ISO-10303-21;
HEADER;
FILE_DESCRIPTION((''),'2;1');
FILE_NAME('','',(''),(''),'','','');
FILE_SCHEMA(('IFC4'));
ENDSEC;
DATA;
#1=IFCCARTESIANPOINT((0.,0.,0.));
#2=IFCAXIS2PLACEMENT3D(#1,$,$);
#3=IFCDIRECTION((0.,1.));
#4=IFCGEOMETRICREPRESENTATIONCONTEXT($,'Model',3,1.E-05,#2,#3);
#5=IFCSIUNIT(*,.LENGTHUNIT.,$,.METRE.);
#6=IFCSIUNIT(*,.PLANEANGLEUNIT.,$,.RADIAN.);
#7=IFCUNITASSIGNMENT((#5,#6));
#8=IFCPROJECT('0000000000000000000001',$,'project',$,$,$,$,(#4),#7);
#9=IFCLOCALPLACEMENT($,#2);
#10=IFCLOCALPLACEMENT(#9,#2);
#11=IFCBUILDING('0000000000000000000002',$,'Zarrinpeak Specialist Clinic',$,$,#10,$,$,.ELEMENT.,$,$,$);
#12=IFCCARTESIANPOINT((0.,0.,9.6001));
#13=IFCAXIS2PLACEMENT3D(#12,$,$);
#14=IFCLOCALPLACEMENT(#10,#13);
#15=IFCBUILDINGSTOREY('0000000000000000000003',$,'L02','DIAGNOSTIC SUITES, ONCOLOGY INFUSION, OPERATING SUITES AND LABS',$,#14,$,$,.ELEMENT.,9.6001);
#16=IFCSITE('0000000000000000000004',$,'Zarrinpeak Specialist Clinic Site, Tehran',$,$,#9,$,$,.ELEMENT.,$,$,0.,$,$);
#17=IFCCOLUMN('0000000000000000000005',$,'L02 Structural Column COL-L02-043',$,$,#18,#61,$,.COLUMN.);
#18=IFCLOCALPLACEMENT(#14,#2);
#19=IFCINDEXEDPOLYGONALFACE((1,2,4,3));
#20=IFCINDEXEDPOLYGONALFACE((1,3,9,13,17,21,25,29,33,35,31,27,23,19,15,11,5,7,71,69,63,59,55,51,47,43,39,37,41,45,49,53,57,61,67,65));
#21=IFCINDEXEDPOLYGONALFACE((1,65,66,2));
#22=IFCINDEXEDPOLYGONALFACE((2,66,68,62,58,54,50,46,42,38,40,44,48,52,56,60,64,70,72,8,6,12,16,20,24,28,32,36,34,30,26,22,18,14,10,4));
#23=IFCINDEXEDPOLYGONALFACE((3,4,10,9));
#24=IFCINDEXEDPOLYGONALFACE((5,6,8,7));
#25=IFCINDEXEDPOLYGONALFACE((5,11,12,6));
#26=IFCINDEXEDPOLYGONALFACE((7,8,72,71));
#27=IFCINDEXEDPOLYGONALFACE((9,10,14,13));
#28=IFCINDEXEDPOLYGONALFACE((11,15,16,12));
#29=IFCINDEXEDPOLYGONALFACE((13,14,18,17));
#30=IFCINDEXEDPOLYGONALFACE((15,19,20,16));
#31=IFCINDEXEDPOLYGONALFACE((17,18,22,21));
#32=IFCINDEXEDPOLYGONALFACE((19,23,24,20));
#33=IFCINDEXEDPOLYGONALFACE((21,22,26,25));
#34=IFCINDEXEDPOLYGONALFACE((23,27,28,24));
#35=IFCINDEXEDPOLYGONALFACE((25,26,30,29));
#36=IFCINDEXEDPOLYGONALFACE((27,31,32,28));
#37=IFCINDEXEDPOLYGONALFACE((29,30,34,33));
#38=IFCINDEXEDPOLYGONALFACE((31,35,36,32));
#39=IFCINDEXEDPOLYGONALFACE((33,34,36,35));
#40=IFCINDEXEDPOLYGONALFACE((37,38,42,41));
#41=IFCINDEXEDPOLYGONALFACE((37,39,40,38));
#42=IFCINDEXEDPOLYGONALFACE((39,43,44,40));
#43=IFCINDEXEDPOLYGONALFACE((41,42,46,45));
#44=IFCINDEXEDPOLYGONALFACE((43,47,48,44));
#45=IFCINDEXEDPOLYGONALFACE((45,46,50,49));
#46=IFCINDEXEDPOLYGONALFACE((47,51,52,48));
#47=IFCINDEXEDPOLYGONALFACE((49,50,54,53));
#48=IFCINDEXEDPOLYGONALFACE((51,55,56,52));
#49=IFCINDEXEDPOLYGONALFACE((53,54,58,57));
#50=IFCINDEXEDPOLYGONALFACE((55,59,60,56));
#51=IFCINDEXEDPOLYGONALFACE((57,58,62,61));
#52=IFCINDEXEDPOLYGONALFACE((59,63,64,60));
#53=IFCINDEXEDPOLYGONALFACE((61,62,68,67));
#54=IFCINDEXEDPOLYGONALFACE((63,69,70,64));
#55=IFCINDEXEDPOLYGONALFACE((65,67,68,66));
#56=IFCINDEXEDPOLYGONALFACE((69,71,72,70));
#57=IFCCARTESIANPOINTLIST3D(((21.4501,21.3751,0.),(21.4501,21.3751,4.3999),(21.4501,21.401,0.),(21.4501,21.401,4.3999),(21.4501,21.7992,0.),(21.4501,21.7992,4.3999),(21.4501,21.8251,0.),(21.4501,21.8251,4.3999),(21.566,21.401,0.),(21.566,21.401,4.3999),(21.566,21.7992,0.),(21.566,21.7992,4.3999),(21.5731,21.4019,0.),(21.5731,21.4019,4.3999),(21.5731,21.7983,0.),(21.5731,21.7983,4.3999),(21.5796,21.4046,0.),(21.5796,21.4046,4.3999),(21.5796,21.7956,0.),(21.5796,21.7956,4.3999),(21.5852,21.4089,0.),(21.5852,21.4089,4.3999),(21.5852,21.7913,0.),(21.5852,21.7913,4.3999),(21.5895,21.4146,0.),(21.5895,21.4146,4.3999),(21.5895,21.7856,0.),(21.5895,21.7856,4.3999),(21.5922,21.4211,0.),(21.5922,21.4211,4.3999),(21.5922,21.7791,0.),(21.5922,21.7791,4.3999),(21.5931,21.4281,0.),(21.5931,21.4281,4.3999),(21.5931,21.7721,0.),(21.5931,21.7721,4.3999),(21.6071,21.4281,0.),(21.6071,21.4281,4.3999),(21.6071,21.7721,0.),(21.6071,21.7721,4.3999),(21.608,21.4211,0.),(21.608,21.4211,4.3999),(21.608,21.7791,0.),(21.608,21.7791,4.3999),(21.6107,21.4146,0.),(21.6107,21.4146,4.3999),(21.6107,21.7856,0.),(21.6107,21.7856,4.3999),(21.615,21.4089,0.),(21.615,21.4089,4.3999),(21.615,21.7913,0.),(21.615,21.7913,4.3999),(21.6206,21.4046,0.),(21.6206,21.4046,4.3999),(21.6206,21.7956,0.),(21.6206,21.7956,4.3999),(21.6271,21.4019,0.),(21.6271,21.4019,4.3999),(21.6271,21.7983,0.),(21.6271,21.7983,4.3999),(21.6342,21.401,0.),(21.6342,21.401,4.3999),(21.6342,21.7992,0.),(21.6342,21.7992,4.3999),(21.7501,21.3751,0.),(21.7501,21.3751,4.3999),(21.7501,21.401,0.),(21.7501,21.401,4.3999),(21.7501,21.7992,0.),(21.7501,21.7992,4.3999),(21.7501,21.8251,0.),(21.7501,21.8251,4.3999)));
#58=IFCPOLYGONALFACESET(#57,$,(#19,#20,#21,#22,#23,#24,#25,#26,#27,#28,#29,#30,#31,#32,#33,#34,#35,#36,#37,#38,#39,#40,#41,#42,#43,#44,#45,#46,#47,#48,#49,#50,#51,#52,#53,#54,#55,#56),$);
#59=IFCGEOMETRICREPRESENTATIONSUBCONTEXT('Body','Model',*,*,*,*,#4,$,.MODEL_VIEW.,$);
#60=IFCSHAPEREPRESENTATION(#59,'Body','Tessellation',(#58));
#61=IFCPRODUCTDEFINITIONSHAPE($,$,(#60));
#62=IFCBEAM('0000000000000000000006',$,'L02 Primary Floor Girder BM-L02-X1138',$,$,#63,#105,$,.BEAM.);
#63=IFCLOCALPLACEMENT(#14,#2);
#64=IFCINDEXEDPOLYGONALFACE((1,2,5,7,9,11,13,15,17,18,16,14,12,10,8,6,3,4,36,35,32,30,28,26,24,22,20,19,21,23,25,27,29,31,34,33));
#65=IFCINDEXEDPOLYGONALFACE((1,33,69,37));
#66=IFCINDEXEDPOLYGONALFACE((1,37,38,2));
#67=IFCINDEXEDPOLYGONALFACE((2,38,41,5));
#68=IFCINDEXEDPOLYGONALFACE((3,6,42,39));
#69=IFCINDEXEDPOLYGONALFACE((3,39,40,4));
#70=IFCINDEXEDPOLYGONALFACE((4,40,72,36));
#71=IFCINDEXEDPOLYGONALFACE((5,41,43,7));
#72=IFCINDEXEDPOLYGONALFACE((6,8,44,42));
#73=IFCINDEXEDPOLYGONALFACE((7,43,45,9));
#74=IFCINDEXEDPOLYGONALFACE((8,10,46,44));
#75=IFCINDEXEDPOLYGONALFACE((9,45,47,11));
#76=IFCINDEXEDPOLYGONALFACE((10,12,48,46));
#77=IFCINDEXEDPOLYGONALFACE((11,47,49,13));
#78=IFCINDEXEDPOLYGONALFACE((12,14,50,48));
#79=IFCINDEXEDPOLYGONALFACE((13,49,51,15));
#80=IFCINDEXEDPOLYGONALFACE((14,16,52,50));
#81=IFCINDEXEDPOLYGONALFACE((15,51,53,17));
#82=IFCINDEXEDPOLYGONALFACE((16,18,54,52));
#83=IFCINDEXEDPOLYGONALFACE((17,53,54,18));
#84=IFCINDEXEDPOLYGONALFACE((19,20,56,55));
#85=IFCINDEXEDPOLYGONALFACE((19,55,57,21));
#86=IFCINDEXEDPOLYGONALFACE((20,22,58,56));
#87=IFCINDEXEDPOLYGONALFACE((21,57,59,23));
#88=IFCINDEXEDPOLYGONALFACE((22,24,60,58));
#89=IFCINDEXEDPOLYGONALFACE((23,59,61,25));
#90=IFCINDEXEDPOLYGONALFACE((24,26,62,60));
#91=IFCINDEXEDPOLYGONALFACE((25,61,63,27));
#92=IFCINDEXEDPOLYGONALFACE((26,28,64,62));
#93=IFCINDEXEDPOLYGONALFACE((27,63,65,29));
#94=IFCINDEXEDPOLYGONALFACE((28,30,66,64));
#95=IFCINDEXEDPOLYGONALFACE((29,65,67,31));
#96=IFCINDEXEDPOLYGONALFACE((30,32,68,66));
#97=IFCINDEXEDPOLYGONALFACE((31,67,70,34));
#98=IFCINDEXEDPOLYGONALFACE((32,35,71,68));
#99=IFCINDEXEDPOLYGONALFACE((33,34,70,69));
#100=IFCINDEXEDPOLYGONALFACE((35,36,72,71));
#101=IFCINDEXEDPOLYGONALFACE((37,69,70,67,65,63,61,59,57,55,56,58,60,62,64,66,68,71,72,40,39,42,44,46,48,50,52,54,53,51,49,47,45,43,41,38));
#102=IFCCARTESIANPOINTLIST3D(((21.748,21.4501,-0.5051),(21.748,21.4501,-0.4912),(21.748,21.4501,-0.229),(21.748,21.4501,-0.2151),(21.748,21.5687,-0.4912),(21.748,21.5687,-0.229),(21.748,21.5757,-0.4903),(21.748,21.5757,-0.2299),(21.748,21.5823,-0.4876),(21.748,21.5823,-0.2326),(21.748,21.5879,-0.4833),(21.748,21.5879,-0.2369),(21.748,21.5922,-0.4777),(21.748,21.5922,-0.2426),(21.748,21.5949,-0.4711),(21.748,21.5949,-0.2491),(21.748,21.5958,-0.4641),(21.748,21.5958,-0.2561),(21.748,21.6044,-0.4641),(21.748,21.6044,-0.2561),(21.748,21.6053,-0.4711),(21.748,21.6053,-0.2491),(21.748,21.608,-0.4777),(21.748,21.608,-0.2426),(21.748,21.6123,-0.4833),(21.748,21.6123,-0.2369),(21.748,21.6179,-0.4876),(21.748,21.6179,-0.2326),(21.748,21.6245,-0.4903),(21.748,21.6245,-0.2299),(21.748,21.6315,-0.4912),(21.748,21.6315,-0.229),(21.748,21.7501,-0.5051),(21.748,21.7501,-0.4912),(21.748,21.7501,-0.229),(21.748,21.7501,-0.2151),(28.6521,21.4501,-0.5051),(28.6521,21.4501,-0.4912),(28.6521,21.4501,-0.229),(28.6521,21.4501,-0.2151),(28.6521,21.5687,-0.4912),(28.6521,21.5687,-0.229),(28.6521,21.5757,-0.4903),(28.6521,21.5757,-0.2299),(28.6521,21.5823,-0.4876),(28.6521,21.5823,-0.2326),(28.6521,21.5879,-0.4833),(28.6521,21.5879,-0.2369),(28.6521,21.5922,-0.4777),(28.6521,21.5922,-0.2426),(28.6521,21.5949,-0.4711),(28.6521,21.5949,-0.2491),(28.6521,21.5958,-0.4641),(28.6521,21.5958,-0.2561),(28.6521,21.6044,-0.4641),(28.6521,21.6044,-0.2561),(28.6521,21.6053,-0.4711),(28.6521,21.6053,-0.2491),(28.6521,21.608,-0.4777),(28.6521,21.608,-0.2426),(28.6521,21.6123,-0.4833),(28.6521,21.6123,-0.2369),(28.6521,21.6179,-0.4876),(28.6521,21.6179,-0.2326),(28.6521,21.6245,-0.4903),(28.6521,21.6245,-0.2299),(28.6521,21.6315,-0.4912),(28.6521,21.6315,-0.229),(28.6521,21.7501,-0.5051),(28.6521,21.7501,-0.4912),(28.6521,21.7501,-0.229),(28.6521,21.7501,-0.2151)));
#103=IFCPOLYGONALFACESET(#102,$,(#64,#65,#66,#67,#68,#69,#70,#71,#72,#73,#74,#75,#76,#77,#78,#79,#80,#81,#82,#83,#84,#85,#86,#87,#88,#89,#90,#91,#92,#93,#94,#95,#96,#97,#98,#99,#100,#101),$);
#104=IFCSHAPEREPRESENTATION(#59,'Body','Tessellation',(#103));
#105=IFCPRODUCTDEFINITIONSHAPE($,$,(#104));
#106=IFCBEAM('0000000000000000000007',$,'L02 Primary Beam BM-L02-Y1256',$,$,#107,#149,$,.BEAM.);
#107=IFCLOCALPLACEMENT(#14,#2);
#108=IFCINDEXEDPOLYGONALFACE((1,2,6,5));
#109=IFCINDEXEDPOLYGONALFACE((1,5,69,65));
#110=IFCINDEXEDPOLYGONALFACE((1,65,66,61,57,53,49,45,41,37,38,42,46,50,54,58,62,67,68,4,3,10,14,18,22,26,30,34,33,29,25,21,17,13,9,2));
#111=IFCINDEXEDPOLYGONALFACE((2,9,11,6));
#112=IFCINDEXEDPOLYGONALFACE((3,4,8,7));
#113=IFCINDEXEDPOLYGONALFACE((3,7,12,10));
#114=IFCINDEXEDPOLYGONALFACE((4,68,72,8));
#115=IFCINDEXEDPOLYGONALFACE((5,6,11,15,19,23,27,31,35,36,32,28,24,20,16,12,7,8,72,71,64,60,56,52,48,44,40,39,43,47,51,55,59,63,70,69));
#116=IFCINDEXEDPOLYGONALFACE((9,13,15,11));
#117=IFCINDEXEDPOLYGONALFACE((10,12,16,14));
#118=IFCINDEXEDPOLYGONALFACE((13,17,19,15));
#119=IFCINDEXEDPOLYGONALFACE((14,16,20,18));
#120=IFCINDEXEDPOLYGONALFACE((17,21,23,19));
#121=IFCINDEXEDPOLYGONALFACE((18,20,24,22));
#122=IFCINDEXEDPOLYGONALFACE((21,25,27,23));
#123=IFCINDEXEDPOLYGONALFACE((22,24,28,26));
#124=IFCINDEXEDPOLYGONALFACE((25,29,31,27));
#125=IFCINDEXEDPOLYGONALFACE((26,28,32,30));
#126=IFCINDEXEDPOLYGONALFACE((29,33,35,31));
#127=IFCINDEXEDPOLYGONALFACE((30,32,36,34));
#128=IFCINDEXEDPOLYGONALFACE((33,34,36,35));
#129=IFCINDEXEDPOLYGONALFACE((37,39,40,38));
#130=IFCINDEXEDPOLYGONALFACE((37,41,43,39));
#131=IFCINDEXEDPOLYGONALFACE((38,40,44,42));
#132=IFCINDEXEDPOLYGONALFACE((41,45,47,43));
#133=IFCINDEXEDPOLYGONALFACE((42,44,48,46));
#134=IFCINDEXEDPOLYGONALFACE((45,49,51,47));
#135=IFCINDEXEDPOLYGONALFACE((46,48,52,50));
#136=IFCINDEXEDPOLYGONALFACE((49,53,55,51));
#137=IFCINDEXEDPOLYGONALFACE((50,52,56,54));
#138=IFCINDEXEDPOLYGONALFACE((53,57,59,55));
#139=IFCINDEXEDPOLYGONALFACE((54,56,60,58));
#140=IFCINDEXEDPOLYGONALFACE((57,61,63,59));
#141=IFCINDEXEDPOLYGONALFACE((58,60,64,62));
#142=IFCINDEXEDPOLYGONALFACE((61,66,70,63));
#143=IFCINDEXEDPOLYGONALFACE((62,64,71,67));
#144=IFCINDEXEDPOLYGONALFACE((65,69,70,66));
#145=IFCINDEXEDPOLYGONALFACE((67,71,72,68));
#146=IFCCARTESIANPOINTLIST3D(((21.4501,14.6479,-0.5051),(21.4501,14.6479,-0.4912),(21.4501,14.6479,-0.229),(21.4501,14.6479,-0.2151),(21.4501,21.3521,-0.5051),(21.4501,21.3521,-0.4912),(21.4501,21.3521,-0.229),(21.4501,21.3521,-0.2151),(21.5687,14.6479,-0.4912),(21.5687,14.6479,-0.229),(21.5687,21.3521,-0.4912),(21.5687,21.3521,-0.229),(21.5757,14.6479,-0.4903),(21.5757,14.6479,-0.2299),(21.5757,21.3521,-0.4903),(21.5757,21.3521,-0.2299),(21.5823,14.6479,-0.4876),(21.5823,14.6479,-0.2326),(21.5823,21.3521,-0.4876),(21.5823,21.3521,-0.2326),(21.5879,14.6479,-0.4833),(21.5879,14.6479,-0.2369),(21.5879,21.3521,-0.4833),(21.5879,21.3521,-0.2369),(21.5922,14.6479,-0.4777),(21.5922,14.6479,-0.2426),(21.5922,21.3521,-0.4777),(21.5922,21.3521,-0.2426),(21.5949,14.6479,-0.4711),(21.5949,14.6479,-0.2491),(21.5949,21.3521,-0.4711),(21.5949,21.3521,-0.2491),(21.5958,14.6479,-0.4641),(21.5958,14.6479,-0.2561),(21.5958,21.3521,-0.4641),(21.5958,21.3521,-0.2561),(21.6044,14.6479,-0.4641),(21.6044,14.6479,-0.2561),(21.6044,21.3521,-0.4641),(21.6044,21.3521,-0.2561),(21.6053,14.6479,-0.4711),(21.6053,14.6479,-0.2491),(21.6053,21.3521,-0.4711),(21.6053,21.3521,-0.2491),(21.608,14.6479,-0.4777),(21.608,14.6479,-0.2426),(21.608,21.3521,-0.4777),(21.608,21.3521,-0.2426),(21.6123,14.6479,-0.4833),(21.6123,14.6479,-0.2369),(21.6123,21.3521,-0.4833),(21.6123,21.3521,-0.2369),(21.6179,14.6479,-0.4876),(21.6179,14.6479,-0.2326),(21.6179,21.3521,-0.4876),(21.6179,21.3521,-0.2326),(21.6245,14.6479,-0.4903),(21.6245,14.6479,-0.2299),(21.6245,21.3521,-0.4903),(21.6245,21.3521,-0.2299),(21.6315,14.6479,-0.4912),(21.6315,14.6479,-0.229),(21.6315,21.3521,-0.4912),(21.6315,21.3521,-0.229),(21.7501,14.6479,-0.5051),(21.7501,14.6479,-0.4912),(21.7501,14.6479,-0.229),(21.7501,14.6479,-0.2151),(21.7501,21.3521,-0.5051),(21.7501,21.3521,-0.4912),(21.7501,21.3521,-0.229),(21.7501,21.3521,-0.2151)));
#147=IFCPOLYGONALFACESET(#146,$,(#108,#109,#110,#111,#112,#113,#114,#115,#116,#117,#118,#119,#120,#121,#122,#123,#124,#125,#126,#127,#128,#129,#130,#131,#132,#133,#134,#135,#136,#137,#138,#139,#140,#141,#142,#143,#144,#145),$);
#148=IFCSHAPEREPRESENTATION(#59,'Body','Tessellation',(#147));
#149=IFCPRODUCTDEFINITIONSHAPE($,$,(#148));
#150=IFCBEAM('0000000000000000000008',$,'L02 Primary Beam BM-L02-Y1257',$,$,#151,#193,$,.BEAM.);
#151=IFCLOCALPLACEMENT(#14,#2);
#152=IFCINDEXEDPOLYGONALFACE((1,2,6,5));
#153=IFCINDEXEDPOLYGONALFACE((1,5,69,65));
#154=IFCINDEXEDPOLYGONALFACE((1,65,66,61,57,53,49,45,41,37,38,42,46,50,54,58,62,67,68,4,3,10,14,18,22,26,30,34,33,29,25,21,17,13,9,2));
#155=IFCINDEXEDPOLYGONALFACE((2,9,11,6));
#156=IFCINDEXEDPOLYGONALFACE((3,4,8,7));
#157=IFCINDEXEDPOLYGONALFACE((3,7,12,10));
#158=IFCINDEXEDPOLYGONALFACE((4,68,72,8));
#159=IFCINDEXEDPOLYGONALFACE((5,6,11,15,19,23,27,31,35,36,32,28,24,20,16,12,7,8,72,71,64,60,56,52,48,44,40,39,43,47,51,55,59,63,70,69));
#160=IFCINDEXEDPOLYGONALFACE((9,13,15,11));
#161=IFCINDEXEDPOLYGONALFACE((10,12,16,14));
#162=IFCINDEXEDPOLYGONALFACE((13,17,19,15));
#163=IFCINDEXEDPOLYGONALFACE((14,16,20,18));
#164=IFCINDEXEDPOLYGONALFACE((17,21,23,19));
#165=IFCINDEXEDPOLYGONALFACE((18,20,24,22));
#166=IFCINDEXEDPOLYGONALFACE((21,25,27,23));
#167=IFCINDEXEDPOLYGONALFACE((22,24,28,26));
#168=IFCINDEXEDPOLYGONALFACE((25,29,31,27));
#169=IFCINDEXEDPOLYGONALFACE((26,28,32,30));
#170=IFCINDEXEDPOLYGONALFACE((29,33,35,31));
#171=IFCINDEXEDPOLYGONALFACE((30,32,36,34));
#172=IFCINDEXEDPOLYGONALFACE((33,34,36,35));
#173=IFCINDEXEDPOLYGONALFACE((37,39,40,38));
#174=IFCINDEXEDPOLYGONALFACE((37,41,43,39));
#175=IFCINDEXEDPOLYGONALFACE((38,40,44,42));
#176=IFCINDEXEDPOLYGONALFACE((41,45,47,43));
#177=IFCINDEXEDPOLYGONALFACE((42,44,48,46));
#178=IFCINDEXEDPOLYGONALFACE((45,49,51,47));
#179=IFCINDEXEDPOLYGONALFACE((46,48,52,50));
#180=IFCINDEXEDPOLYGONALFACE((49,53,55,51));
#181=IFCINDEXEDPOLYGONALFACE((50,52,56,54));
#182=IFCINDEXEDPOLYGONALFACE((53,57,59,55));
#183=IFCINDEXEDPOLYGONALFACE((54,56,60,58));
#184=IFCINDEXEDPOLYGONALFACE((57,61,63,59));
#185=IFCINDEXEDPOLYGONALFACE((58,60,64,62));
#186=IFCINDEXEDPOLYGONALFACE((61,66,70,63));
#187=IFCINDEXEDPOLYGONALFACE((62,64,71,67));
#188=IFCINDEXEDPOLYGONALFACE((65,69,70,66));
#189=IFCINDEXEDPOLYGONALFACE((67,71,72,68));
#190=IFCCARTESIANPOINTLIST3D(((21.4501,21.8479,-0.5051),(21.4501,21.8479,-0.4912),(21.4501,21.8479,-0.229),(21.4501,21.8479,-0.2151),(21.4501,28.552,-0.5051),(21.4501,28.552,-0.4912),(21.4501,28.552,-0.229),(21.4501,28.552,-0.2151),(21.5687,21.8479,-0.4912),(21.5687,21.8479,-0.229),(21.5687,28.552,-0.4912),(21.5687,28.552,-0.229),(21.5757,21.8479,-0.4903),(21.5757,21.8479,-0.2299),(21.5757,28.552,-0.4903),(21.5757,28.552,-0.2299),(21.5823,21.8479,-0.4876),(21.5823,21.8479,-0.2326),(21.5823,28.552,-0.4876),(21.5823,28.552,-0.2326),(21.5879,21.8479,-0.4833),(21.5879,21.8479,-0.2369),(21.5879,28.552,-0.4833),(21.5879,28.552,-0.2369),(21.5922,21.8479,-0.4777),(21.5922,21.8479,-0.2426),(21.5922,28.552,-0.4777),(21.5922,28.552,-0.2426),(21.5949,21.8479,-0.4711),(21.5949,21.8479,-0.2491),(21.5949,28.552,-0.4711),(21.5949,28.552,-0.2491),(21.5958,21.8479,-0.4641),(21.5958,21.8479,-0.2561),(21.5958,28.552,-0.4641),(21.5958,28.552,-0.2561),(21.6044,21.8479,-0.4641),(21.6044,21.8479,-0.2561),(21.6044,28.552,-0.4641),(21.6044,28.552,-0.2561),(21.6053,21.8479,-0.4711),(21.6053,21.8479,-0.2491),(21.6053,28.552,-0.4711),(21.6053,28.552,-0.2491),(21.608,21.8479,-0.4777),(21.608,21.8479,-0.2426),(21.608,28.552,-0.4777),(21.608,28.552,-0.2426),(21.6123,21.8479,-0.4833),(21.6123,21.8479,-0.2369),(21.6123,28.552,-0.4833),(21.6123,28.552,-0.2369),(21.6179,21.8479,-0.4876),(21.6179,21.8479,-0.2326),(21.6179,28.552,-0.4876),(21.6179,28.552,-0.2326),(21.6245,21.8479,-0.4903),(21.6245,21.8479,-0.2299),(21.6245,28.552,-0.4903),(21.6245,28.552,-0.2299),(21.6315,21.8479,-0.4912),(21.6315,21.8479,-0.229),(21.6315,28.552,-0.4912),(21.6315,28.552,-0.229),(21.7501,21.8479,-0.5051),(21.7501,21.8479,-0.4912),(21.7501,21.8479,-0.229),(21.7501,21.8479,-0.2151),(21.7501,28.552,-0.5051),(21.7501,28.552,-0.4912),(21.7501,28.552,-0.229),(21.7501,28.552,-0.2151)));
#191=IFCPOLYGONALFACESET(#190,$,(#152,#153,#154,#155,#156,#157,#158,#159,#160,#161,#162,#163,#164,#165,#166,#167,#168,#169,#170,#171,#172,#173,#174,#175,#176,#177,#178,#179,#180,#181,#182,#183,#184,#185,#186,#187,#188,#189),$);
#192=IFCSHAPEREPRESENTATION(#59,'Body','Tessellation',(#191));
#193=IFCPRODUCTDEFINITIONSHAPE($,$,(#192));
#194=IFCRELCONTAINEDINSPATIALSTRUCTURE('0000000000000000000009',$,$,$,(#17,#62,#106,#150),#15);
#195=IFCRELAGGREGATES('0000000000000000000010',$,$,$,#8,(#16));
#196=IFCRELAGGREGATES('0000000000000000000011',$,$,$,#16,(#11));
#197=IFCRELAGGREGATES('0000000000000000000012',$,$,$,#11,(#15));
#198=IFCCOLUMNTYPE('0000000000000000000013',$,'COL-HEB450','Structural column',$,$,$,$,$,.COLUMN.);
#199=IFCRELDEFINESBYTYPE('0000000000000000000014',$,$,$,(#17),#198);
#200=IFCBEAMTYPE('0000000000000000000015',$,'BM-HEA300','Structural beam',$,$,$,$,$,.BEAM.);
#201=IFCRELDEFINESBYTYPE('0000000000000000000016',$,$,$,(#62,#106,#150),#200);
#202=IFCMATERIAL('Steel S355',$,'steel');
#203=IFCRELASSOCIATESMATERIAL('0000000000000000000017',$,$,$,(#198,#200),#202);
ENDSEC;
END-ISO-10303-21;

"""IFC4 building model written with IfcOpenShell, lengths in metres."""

from ifc_helpers import new_model, si_unit, direction, frame, origin, origin_2d, place, context, subcontext, project, spatial, i_section, extrude, material, material_profile, profile_set, type_object, element, save


model = new_model("IFC4")

# Units and contexts
model_context = context("Model", 3, precision=1e-05, world=origin(), true_north=direction((0.0, 1.0)))
body_context = subcontext(model_context, "Body", "Model", "MODEL_VIEW")
ifc_project = project(units=[si_unit("LENGTHUNIT", "METRE"), si_unit("PLANEANGLEUNIT", "RADIAN")], contexts=[model_context])

# Site, building, storey
site_placement = place(None, origin())
site = spatial("IfcSite", under=ifc_project, at=site_placement, Name="Zarrinpeak Specialist Clinic Site, Tehran", CompositionType="ELEMENT", RefElevation=0.0)
building_placement = place(site_placement, origin())
building = spatial("IfcBuilding", under=site, at=building_placement, Name="Zarrinpeak Specialist Clinic", CompositionType="ELEMENT")
storey_placement = place(building_placement, frame((0.0, 0.0, 9.6001)))
storey = spatial("IfcBuildingStorey", under=building, at=storey_placement, Name="L02", Description="DIAGNOSTIC SUITES, ONCOLOGY INFUSION, OPERATING SUITES AND LABS", CompositionType="ELEMENT", Elevation=9.6001)

# Column
ifc_material_1 = material(Name="Steel S355", Category="steel")
ifc_material_profile_1 = material_profile(ifc_material_1, i_section(OverallWidth=0.3, OverallDepth=0.45, WebThickness=0.0139, FlangeThickness=0.0259, FilletRadius=0.0271, at=origin_2d()), Name="HEB 450")
ifc_profile_set_1 = profile_set([ifc_material_profile_1], Name="Steel S355")
column_type = type_object("IfcColumnType", Name="COL-HEB450", Description="Structural column", PredefinedType="COLUMN", material=ifc_profile_set_1)
column_placement = place(storey_placement, frame((21.6001, 21.6001, 0.0), z_axis=(0.0, 0.0, 1.0), x_axis=(1.0, 0.0, 0.0)))
element("IfcColumn", 1, at=column_placement, inside=storey, type_object=column_type, Name="L02 Structural Column COL-L02-043", PredefinedType="COLUMN", context=body_context, shape_type="SweptSolid", body=[
    extrude(i_section(OverallWidth=0.3, OverallDepth=0.45, WebThickness=0.0139, FlangeThickness=0.0259, FilletRadius=0.0271, at=origin_2d()), origin(), (0.0, 0.0, 1.0), 4.3999),
])

# Beams
ifc_material_profile_2 = material_profile(ifc_material_1, i_section(OverallWidth=0.3, OverallDepth=0.29, WebThickness=0.0085, FlangeThickness=0.0139, FilletRadius=0.0271, at=origin_2d()), Name="HEA 300")
ifc_profile_set_2 = profile_set([ifc_material_profile_2], Name="Steel S355")
beam_type_1 = type_object("IfcBeamType", Name="BM-HEA300", Description="Structural beam", PredefinedType="BEAM", material=ifc_profile_set_2)
beam_placement = place(storey_placement, frame((21.748, 21.6001, -0.3601), z_axis=(1.0, 0.0, 0.0), x_axis=(0.0, 1.0, 0.0)))
element("IfcBeam", 2, at=beam_placement, inside=storey, type_object=beam_type_1, Name="L02 Primary Floor Girder BM-L02-X1138", PredefinedType="BEAM", context=body_context, shape_type="SweptSolid", body=[
    extrude(i_section(OverallWidth=0.3, OverallDepth=0.29, WebThickness=0.0085, FlangeThickness=0.0139, FilletRadius=0.0271, at=origin_2d()), origin(), (0.0, 0.0, 1.0), 6.9041),
])
for number, where, z_axis, x_axis, name in (
    (3, (21.6001, 14.6479, -0.3601), (0.0, 1.0, 0.0), (-1.0, 0.0, 0.0), "L02 Primary Beam BM-L02-Y1256"),
    (4, (21.6001, 21.8479, -0.3601), (0.0, 1.0, 0.0), (-1.0, 0.0, 0.0), "L02 Primary Beam BM-L02-Y1257"),
):
    element("IfcBeam", number, at=place(storey_placement, frame(where, z_axis=z_axis, x_axis=x_axis)), inside=storey, type_object=beam_type_1, Name=name, PredefinedType="BEAM", context=body_context, shape_type="SweptSolid", body=[
        extrude(i_section(OverallWidth=0.3, OverallDepth=0.29, WebThickness=0.0085, FlangeThickness=0.0139, FilletRadius=0.0271, at=origin_2d()), origin(), (0.0, 0.0, 1.0), 6.7041),
    ])

save(model, "model.ifc")
